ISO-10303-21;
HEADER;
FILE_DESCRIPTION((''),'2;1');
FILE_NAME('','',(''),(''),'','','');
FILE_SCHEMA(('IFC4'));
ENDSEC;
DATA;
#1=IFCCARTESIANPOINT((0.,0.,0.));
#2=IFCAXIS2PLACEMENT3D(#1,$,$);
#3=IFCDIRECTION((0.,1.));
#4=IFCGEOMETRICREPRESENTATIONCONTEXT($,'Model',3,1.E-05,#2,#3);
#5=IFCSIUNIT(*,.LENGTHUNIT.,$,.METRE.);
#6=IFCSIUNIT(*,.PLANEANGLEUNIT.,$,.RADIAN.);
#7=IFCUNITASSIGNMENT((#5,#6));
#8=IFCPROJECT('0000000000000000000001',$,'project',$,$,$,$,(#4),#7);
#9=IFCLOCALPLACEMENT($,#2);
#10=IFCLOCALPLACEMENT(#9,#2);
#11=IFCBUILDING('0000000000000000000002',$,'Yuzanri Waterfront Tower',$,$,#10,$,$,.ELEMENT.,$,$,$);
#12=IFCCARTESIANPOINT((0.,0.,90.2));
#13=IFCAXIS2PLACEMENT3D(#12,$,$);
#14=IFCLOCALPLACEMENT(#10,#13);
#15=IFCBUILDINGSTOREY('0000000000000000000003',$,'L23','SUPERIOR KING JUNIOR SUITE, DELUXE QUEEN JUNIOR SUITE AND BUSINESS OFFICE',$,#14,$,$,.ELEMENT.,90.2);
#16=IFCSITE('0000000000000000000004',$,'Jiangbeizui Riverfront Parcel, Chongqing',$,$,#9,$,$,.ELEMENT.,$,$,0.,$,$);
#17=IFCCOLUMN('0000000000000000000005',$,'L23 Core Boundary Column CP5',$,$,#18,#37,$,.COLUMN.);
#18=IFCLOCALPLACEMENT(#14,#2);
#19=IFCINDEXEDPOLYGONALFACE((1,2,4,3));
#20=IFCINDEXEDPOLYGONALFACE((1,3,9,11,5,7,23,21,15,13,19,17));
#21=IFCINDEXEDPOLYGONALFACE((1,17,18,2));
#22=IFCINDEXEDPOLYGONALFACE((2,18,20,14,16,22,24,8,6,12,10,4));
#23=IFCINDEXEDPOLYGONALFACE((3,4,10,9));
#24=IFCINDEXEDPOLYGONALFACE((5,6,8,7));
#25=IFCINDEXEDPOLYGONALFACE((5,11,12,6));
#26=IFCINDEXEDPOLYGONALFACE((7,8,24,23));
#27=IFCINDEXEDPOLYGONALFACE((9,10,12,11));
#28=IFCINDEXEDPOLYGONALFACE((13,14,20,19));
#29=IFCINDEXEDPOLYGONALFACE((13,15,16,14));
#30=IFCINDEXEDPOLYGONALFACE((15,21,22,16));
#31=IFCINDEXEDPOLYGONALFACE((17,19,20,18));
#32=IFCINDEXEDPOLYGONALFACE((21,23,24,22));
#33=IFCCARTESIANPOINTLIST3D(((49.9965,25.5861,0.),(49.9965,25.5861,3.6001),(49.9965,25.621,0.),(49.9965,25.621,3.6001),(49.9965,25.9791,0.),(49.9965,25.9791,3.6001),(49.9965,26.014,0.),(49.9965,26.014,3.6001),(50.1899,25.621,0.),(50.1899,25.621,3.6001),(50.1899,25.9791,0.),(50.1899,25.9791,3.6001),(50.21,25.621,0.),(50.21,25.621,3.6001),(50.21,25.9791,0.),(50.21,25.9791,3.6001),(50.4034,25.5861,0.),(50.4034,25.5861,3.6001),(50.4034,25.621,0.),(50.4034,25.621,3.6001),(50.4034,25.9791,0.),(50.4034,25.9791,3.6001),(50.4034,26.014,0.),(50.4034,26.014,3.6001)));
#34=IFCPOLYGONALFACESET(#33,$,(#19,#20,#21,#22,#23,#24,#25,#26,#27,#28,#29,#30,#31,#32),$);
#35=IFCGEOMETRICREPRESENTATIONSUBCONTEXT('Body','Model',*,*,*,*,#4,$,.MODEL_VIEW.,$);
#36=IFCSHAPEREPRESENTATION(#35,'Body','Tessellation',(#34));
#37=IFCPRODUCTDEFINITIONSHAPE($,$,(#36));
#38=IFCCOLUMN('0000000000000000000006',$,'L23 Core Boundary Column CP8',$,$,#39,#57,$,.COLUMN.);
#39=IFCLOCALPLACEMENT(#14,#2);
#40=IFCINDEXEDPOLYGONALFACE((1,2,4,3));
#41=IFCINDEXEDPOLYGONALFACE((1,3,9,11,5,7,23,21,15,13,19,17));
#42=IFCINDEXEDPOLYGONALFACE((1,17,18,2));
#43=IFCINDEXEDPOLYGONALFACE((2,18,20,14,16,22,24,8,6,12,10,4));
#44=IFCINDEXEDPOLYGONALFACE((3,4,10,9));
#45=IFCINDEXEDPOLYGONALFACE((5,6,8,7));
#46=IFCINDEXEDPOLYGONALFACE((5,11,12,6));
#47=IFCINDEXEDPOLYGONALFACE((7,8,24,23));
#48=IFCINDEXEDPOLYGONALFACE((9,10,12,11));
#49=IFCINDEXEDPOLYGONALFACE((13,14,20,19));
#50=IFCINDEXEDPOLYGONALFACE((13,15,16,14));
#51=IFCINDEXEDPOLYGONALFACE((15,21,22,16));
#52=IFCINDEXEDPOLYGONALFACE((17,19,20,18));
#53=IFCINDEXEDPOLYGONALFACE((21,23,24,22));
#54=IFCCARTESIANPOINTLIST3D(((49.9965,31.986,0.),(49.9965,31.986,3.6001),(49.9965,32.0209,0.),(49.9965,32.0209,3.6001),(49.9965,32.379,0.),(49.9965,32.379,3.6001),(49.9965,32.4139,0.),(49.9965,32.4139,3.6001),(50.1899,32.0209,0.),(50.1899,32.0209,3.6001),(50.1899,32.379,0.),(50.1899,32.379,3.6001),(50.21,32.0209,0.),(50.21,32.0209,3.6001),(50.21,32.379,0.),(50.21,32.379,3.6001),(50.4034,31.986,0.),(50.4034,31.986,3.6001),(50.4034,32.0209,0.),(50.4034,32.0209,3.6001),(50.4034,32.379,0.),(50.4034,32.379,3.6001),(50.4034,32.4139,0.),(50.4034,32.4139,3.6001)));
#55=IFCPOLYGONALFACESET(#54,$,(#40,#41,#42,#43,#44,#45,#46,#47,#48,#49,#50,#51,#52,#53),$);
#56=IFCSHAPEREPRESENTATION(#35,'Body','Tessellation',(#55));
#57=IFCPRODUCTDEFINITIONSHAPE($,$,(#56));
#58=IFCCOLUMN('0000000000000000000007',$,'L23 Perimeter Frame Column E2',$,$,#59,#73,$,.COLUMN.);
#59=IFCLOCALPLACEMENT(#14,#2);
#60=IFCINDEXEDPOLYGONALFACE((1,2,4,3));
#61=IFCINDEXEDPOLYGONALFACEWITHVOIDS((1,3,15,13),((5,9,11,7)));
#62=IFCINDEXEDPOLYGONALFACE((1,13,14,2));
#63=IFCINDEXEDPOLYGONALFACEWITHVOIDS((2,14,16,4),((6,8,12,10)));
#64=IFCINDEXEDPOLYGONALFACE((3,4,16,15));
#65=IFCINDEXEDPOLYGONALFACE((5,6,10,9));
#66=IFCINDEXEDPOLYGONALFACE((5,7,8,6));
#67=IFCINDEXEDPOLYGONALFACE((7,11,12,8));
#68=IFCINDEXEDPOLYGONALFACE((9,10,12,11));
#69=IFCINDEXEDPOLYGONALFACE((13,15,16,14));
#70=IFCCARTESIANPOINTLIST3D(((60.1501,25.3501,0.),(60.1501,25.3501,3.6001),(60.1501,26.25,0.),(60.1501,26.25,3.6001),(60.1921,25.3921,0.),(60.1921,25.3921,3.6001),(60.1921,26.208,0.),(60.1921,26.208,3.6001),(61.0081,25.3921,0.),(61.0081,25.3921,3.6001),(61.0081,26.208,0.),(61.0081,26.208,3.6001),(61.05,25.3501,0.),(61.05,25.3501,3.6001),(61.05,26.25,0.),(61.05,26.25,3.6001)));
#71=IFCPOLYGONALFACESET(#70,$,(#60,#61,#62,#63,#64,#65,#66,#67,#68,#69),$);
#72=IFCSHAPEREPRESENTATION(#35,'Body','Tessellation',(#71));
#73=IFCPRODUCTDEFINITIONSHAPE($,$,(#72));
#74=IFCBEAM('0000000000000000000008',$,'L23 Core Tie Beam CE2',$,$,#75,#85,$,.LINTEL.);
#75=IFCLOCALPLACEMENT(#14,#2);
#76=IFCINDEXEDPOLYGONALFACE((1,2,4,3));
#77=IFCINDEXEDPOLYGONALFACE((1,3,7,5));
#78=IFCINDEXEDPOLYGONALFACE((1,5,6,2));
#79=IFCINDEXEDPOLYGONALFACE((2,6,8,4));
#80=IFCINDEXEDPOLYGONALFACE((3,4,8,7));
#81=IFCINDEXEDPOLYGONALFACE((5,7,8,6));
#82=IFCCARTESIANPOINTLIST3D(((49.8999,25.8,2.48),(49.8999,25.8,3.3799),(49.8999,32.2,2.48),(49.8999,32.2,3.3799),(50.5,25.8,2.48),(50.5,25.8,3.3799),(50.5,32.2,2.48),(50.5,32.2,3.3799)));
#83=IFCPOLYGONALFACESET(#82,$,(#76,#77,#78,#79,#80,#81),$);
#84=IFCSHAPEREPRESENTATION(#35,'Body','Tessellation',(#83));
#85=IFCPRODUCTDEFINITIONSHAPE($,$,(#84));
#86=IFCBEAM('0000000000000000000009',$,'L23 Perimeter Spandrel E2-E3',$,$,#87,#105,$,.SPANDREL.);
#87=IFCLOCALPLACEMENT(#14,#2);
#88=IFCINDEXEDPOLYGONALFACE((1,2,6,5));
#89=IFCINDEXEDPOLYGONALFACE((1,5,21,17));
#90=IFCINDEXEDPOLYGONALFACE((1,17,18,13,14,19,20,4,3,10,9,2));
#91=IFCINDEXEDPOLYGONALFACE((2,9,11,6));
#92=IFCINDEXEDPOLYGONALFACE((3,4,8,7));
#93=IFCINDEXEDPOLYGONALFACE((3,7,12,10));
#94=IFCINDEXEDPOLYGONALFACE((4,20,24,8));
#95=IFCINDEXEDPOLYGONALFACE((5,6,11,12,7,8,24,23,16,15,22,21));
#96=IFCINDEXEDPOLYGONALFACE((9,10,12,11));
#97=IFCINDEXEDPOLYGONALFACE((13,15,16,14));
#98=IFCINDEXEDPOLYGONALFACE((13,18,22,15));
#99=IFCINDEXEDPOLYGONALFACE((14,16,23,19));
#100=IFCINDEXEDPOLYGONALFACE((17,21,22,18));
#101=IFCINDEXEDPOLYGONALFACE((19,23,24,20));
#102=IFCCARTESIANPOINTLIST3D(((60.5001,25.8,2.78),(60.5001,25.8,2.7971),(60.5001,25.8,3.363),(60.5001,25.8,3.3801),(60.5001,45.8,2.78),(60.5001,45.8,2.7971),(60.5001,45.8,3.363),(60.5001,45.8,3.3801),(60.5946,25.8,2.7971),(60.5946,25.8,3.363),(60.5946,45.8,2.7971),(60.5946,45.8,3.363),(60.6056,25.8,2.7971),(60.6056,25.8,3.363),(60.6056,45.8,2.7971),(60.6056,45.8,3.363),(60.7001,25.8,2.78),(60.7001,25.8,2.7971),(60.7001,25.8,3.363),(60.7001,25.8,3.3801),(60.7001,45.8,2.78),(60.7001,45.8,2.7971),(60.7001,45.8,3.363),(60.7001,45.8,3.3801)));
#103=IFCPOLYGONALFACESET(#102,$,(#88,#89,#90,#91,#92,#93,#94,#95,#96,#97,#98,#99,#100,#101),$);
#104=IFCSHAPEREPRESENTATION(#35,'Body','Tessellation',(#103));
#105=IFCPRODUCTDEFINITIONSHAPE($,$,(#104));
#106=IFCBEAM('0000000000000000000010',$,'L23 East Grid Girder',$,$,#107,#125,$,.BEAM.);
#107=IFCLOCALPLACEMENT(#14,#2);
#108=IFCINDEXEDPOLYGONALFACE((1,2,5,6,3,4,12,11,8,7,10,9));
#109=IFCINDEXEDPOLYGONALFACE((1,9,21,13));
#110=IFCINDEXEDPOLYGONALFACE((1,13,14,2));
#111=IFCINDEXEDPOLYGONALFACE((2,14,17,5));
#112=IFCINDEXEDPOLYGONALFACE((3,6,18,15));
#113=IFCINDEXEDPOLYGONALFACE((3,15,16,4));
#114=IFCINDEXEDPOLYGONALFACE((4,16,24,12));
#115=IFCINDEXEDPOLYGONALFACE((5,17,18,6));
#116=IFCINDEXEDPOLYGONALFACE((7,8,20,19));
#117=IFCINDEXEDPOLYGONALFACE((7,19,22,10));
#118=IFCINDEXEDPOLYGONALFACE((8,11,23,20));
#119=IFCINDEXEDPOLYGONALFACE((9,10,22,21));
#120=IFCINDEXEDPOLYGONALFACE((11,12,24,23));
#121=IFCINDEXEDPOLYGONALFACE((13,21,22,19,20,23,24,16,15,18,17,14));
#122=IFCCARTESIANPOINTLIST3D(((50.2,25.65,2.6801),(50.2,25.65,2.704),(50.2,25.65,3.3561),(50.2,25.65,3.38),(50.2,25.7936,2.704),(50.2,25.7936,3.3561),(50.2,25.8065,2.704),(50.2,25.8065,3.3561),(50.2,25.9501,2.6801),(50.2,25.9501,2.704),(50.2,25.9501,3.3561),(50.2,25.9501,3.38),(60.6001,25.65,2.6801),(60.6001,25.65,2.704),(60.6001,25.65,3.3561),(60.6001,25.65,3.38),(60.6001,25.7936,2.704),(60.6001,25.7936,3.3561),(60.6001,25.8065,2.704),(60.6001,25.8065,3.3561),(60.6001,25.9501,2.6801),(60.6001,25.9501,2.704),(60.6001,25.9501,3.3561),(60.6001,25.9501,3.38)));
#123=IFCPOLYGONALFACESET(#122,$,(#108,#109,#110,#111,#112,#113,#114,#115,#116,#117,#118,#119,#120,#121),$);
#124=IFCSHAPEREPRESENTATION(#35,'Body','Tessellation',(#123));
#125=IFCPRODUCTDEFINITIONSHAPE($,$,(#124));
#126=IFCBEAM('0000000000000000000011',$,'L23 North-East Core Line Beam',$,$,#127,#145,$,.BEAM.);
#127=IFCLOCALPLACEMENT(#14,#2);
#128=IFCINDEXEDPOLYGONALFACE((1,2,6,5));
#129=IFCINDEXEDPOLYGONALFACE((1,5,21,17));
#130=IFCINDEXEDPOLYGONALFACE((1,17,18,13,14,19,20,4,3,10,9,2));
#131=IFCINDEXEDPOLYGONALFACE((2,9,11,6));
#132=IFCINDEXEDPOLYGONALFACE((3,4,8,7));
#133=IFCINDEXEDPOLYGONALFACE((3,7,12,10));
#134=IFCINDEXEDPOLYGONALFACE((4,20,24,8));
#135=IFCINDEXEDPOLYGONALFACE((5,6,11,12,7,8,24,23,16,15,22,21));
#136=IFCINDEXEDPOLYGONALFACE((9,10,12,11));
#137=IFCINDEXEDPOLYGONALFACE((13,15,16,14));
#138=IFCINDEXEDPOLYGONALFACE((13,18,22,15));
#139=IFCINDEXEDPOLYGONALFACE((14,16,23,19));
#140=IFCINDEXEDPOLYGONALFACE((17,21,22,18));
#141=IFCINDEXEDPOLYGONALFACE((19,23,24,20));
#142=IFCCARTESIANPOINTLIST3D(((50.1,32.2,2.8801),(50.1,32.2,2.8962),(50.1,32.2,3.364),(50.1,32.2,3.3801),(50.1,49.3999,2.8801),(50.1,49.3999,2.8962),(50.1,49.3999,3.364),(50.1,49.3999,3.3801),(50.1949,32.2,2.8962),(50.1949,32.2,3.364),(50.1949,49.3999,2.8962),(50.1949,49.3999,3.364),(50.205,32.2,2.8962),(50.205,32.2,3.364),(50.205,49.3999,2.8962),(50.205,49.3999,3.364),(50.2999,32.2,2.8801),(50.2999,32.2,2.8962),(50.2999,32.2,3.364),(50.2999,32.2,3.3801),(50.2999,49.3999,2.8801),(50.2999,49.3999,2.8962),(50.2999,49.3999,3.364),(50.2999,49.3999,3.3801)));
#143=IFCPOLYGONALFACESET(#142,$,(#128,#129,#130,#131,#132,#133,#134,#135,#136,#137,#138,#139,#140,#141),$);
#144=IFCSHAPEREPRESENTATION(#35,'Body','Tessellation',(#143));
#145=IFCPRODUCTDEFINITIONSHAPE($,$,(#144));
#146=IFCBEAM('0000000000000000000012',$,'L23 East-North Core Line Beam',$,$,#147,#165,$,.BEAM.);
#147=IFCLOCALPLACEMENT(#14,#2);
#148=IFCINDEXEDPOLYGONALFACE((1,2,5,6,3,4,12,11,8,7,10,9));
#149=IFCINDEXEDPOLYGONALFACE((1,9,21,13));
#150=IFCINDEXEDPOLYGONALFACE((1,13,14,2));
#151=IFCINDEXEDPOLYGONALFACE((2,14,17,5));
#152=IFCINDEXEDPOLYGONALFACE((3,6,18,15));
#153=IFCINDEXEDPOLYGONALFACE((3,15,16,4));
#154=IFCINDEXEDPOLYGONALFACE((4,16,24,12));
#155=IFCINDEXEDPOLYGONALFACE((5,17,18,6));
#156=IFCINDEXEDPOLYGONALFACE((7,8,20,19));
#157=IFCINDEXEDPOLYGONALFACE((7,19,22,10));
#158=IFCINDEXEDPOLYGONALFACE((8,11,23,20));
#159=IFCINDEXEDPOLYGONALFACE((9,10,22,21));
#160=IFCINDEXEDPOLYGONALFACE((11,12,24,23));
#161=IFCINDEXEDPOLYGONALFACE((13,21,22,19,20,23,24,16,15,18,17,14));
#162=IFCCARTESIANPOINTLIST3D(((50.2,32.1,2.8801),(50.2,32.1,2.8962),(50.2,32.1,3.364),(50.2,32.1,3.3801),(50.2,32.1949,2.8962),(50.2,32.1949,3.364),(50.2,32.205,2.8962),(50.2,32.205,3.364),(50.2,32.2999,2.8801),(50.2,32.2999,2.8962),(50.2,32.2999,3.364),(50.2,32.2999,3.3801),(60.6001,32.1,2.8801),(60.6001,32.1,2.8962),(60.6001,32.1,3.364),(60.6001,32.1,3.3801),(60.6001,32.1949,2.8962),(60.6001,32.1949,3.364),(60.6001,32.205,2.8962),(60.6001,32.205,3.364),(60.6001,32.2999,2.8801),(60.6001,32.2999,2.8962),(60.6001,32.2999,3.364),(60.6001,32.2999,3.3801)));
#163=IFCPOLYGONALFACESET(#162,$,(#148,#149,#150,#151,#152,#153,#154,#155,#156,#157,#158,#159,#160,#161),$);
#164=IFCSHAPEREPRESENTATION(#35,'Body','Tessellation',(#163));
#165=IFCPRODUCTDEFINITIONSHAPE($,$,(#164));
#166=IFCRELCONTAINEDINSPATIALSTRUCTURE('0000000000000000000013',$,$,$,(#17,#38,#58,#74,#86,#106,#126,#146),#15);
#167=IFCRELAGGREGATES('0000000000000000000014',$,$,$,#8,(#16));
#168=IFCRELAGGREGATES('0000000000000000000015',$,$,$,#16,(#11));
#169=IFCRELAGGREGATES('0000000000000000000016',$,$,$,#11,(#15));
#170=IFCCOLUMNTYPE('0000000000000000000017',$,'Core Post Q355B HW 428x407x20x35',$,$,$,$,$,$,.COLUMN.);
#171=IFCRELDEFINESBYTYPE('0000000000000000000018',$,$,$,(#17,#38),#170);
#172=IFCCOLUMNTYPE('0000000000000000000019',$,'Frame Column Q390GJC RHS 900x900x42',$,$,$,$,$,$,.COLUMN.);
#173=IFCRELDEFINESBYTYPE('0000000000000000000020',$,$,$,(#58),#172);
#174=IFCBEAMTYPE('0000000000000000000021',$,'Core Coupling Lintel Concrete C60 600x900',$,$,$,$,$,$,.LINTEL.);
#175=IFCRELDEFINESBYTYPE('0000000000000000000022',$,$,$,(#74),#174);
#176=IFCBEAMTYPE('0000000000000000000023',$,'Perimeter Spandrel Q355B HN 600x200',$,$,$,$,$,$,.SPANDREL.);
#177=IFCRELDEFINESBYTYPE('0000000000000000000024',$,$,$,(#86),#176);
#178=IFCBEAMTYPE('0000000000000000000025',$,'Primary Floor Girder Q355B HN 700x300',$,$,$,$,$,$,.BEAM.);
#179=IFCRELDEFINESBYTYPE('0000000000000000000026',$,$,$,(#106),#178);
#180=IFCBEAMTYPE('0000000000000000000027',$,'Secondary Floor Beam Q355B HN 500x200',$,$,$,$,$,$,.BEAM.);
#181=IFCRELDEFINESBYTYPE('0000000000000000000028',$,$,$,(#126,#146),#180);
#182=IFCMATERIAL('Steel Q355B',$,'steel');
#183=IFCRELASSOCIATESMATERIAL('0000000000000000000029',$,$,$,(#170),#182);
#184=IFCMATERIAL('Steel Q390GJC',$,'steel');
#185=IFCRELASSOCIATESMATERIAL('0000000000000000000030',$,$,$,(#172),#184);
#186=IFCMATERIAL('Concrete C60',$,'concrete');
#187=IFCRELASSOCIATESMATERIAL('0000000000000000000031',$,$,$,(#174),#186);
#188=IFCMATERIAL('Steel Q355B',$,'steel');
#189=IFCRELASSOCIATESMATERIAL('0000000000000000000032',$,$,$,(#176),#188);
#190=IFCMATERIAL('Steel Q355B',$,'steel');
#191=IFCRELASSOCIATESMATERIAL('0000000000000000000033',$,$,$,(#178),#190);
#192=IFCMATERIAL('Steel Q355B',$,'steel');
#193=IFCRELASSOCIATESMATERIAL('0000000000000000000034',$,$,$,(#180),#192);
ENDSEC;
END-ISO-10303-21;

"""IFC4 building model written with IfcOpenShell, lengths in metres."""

from ifc_helpers import new_model, si_unit, direction, frame, origin, origin_2d, place, context, subcontext, project, spatial, rectangle, hollow_rectangle, i_section, extrude, source, transform, mapped, material, material_profile, profile_set, type_object, element, save


model = new_model("IFC4")

# Units and contexts
model_context = context("Model", 3, precision=1e-05, world=origin(), true_north=direction((0.0, 1.0)))
body_context = subcontext(model_context, "Body", "Model", "MODEL_VIEW")
ifc_project = project(units=[si_unit("LENGTHUNIT", "METRE"), si_unit("PLANEANGLEUNIT", "RADIAN")], contexts=[model_context])

# Site, building, storey
site_placement = place(None, origin())
site = spatial("IfcSite", under=ifc_project, at=site_placement, Name="Jiangbeizui Riverfront Parcel, Chongqing", CompositionType="ELEMENT", RefElevation=0.0)
building_placement = place(site_placement, origin())
building = spatial("IfcBuilding", under=site, at=building_placement, Name="Yuzanri Waterfront Tower", CompositionType="ELEMENT")
storey_placement = place(building_placement, frame((0.0, 0.0, 90.2)))
storey = spatial("IfcBuildingStorey", under=building, at=storey_placement, Name="L23", Description="SUPERIOR KING JUNIOR SUITE, DELUXE QUEEN JUNIOR SUITE AND BUSINESS OFFICE", CompositionType="ELEMENT", Elevation=90.2)

# Columns
ifc_material_1 = material(Name="Steel Q355B", Category="steel")
ifc_material_profile_1 = material_profile(ifc_material_1, i_section(OverallWidth=0.407, OverallDepth=0.428, WebThickness=0.02, FlangeThickness=0.0349, at=origin_2d()), Name="HW 428x407x20x35")
ifc_profile_set_1 = profile_set([ifc_material_profile_1], Name="Steel Q355B")
column_type_1 = type_object("IfcColumnType", Name="Core Post Q355B HW 428x407x20x35", PredefinedType="COLUMN", material=ifc_profile_set_1)
shared_shape_1 = source(origin(), body_context, "Body", "SweptSolid", [
    extrude(i_section(OverallWidth=0.407, OverallDepth=0.428, WebThickness=0.02, FlangeThickness=0.0349, at=origin_2d()), origin(), (0.0, 0.0, 1.0), 3.6001),
])
for number, where, z_axis, x_axis, name in (
    (1, (50.2, 25.8, 0.0), (0.0, 0.0, 1.0), (1.0, 0.0, 0.0), "L23 Core Boundary Column CP5"),
    (2, (50.2, 32.2, 0.0), (0.0, 0.0, 1.0), (1.0, 0.0, 0.0), "L23 Core Boundary Column CP8"),
):
    element("IfcColumn", number, at=place(storey_placement, frame(where, z_axis=z_axis, x_axis=x_axis)), inside=storey, type_object=column_type_1, Name=name, PredefinedType="COLUMN", context=body_context, shape_type="MappedRepresentation", body=[
        mapped(shared_shape_1, transform((0.0, 0.0, 0.0), scale=1.0)),
    ])
ifc_material_2 = material(Name="Steel Q390GJC", Category="steel")
ifc_material_profile_2 = material_profile(ifc_material_2, hollow_rectangle(XDim=0.8999, YDim=0.8999, WallThickness=0.042, at=origin_2d()), Name="RHS 900x900x42")
ifc_profile_set_2 = profile_set([ifc_material_profile_2], Name="Steel Q390GJC")
column_type_2 = type_object("IfcColumnType", Name="Frame Column Q390GJC RHS 900x900x42", PredefinedType="COLUMN", material=ifc_profile_set_2)
shared_shape_2 = source(origin(), body_context, "Body", "SweptSolid", [
    extrude(hollow_rectangle(XDim=0.8999, YDim=0.8999, WallThickness=0.042, at=origin_2d()), origin(), (0.0, 0.0, 1.0), 3.6001),
])
column_placement = place(storey_placement, frame((60.6001, 25.8, 0.0), z_axis=(0.0, 0.0, 1.0), x_axis=(1.0, 0.0, 0.0)))
element("IfcColumn", 3, at=column_placement, inside=storey, type_object=column_type_2, Name="L23 Perimeter Frame Column E2", PredefinedType="COLUMN", context=body_context, shape_type="MappedRepresentation", body=[
    mapped(shared_shape_2, transform((0.0, 0.0, 0.0), scale=1.0)),
])

# Beams
ifc_material_3 = material(Name="Concrete C60", Category="concrete")
ifc_material_profile_3 = material_profile(ifc_material_3, rectangle(XDim=0.6001, YDim=0.8999, at=origin_2d()), Name="RC 600x900")
ifc_profile_set_3 = profile_set([ifc_material_profile_3], Name="Concrete C60")
beam_type_1 = type_object("IfcBeamType", Name="Core Coupling Lintel Concrete C60 600x900", PredefinedType="LINTEL", material=ifc_profile_set_3)
shared_shape_3 = source(origin(), body_context, "Body", "SweptSolid", [
    extrude(rectangle(XDim=0.6001, YDim=0.8999, at=origin_2d()), origin(), (0.0, 0.0, 1.0), 6.3999),
])
beam_1_placement = place(storey_placement, frame((50.2, 25.8, 2.9299), z_axis=(0.0, 1.0, 0.0), x_axis=(-1.0, 0.0, 0.0)))
element("IfcBeam", 4, at=beam_1_placement, inside=storey, type_object=beam_type_1, Name="L23 Core Tie Beam CE2", PredefinedType="LINTEL", context=body_context, shape_type="MappedRepresentation", body=[
    mapped(shared_shape_3, transform((0.0, 0.0, 0.0), scale=1.0)),
])
ifc_material_4 = material(Name="Steel Q355B", Category="steel")
ifc_material_profile_4 = material_profile(ifc_material_4, i_section(OverallWidth=0.2, OverallDepth=0.6001, WebThickness=0.011, FlangeThickness=0.0171, at=origin_2d()), Name="HN 600x200x11x17")
ifc_profile_set_4 = profile_set([ifc_material_profile_4], Name="Steel Q355B")
beam_type_2 = type_object("IfcBeamType", Name="Perimeter Spandrel Q355B HN 600x200", PredefinedType="SPANDREL", material=ifc_profile_set_4)
shared_shape_4 = source(origin(), body_context, "Body", "SweptSolid", [
    extrude(i_section(OverallWidth=0.2, OverallDepth=0.6001, WebThickness=0.011, FlangeThickness=0.0171, at=origin_2d()), origin(), (0.0, 0.0, 1.0), 20.0),
])
beam_2_placement = place(storey_placement, frame((60.6001, 25.8, 3.0801), z_axis=(0.0, 1.0, 0.0), x_axis=(-1.0, 0.0, 0.0)))
element("IfcBeam", 5, at=beam_2_placement, inside=storey, type_object=beam_type_2, Name="L23 Perimeter Spandrel E2-E3", PredefinedType="SPANDREL", context=body_context, shape_type="MappedRepresentation", body=[
    mapped(shared_shape_4, transform((0.0, 0.0, 0.0), scale=1.0)),
])
ifc_material_5 = material(Name="Steel Q355B", Category="steel")
ifc_material_profile_5 = material_profile(ifc_material_5, i_section(OverallWidth=0.3, OverallDepth=0.7, WebThickness=0.0129, FlangeThickness=0.0239, at=origin_2d()), Name="HN 700x300x13x24")
ifc_profile_set_5 = profile_set([ifc_material_profile_5], Name="Steel Q355B")
beam_type_3 = type_object("IfcBeamType", Name="Primary Floor Girder Q355B HN 700x300", PredefinedType="BEAM", material=ifc_profile_set_5)
shared_shape_5 = source(origin(), body_context, "Body", "SweptSolid", [
    extrude(i_section(OverallWidth=0.3, OverallDepth=0.7, WebThickness=0.0129, FlangeThickness=0.0239, at=origin_2d()), origin(), (0.0, 0.0, 1.0), 10.4001),
])
beam_3_placement = place(storey_placement, frame((50.2, 25.8, 3.03), z_axis=(1.0, 0.0, 0.0), x_axis=(0.0, 1.0, 0.0)))
element("IfcBeam", 6, at=beam_3_placement, inside=storey, type_object=beam_type_3, Name="L23 East Grid Girder", PredefinedType="BEAM", context=body_context, shape_type="MappedRepresentation", body=[
    mapped(shared_shape_5, transform((0.0, 0.0, 0.0), scale=1.0)),
])
ifc_material_6 = material(Name="Steel Q355B", Category="steel")
ifc_material_profile_6 = material_profile(ifc_material_6, i_section(OverallWidth=0.2, OverallDepth=0.5, WebThickness=0.01, FlangeThickness=0.0161, at=origin_2d()), Name="HN 500x200x10x16")
ifc_profile_set_6 = profile_set([ifc_material_profile_6], Name="Steel Q355B")
beam_type_4 = type_object("IfcBeamType", Name="Secondary Floor Beam Q355B HN 500x200", PredefinedType="BEAM", material=ifc_profile_set_6)
shared_shape_6 = source(origin(), body_context, "Body", "SweptSolid", [
    extrude(i_section(OverallWidth=0.2, OverallDepth=0.5, WebThickness=0.01, FlangeThickness=0.0161, at=origin_2d()), origin(), (0.0, 0.0, 1.0), 17.2),
])
beam_4_placement = place(storey_placement, frame((50.2, 32.2, 3.1301), z_axis=(0.0, 1.0, 0.0), x_axis=(-1.0, 0.0, 0.0)))
element("IfcBeam", 7, at=beam_4_placement, inside=storey, type_object=beam_type_4, Name="L23 North-East Core Line Beam", PredefinedType="BEAM", context=body_context, shape_type="MappedRepresentation", body=[
    mapped(shared_shape_6, transform((0.0, 0.0, 0.0), scale=1.0)),
])
shared_shape_7 = source(origin(), body_context, "Body", "SweptSolid", [
    extrude(i_section(OverallWidth=0.2, OverallDepth=0.5, WebThickness=0.01, FlangeThickness=0.0161, at=origin_2d()), origin(), (0.0, 0.0, 1.0), 10.4001),
])
beam_5_placement = place(storey_placement, frame((50.2, 32.2, 3.1301), z_axis=(1.0, 0.0, 0.0), x_axis=(0.0, 1.0, 0.0)))
element("IfcBeam", 8, at=beam_5_placement, inside=storey, type_object=beam_type_4, Name="L23 East-North Core Line Beam", PredefinedType="BEAM", context=body_context, shape_type="MappedRepresentation", body=[
    mapped(shared_shape_7, transform((0.0, 0.0, 0.0), scale=1.0)),
])

save(model, "model.ifc")
